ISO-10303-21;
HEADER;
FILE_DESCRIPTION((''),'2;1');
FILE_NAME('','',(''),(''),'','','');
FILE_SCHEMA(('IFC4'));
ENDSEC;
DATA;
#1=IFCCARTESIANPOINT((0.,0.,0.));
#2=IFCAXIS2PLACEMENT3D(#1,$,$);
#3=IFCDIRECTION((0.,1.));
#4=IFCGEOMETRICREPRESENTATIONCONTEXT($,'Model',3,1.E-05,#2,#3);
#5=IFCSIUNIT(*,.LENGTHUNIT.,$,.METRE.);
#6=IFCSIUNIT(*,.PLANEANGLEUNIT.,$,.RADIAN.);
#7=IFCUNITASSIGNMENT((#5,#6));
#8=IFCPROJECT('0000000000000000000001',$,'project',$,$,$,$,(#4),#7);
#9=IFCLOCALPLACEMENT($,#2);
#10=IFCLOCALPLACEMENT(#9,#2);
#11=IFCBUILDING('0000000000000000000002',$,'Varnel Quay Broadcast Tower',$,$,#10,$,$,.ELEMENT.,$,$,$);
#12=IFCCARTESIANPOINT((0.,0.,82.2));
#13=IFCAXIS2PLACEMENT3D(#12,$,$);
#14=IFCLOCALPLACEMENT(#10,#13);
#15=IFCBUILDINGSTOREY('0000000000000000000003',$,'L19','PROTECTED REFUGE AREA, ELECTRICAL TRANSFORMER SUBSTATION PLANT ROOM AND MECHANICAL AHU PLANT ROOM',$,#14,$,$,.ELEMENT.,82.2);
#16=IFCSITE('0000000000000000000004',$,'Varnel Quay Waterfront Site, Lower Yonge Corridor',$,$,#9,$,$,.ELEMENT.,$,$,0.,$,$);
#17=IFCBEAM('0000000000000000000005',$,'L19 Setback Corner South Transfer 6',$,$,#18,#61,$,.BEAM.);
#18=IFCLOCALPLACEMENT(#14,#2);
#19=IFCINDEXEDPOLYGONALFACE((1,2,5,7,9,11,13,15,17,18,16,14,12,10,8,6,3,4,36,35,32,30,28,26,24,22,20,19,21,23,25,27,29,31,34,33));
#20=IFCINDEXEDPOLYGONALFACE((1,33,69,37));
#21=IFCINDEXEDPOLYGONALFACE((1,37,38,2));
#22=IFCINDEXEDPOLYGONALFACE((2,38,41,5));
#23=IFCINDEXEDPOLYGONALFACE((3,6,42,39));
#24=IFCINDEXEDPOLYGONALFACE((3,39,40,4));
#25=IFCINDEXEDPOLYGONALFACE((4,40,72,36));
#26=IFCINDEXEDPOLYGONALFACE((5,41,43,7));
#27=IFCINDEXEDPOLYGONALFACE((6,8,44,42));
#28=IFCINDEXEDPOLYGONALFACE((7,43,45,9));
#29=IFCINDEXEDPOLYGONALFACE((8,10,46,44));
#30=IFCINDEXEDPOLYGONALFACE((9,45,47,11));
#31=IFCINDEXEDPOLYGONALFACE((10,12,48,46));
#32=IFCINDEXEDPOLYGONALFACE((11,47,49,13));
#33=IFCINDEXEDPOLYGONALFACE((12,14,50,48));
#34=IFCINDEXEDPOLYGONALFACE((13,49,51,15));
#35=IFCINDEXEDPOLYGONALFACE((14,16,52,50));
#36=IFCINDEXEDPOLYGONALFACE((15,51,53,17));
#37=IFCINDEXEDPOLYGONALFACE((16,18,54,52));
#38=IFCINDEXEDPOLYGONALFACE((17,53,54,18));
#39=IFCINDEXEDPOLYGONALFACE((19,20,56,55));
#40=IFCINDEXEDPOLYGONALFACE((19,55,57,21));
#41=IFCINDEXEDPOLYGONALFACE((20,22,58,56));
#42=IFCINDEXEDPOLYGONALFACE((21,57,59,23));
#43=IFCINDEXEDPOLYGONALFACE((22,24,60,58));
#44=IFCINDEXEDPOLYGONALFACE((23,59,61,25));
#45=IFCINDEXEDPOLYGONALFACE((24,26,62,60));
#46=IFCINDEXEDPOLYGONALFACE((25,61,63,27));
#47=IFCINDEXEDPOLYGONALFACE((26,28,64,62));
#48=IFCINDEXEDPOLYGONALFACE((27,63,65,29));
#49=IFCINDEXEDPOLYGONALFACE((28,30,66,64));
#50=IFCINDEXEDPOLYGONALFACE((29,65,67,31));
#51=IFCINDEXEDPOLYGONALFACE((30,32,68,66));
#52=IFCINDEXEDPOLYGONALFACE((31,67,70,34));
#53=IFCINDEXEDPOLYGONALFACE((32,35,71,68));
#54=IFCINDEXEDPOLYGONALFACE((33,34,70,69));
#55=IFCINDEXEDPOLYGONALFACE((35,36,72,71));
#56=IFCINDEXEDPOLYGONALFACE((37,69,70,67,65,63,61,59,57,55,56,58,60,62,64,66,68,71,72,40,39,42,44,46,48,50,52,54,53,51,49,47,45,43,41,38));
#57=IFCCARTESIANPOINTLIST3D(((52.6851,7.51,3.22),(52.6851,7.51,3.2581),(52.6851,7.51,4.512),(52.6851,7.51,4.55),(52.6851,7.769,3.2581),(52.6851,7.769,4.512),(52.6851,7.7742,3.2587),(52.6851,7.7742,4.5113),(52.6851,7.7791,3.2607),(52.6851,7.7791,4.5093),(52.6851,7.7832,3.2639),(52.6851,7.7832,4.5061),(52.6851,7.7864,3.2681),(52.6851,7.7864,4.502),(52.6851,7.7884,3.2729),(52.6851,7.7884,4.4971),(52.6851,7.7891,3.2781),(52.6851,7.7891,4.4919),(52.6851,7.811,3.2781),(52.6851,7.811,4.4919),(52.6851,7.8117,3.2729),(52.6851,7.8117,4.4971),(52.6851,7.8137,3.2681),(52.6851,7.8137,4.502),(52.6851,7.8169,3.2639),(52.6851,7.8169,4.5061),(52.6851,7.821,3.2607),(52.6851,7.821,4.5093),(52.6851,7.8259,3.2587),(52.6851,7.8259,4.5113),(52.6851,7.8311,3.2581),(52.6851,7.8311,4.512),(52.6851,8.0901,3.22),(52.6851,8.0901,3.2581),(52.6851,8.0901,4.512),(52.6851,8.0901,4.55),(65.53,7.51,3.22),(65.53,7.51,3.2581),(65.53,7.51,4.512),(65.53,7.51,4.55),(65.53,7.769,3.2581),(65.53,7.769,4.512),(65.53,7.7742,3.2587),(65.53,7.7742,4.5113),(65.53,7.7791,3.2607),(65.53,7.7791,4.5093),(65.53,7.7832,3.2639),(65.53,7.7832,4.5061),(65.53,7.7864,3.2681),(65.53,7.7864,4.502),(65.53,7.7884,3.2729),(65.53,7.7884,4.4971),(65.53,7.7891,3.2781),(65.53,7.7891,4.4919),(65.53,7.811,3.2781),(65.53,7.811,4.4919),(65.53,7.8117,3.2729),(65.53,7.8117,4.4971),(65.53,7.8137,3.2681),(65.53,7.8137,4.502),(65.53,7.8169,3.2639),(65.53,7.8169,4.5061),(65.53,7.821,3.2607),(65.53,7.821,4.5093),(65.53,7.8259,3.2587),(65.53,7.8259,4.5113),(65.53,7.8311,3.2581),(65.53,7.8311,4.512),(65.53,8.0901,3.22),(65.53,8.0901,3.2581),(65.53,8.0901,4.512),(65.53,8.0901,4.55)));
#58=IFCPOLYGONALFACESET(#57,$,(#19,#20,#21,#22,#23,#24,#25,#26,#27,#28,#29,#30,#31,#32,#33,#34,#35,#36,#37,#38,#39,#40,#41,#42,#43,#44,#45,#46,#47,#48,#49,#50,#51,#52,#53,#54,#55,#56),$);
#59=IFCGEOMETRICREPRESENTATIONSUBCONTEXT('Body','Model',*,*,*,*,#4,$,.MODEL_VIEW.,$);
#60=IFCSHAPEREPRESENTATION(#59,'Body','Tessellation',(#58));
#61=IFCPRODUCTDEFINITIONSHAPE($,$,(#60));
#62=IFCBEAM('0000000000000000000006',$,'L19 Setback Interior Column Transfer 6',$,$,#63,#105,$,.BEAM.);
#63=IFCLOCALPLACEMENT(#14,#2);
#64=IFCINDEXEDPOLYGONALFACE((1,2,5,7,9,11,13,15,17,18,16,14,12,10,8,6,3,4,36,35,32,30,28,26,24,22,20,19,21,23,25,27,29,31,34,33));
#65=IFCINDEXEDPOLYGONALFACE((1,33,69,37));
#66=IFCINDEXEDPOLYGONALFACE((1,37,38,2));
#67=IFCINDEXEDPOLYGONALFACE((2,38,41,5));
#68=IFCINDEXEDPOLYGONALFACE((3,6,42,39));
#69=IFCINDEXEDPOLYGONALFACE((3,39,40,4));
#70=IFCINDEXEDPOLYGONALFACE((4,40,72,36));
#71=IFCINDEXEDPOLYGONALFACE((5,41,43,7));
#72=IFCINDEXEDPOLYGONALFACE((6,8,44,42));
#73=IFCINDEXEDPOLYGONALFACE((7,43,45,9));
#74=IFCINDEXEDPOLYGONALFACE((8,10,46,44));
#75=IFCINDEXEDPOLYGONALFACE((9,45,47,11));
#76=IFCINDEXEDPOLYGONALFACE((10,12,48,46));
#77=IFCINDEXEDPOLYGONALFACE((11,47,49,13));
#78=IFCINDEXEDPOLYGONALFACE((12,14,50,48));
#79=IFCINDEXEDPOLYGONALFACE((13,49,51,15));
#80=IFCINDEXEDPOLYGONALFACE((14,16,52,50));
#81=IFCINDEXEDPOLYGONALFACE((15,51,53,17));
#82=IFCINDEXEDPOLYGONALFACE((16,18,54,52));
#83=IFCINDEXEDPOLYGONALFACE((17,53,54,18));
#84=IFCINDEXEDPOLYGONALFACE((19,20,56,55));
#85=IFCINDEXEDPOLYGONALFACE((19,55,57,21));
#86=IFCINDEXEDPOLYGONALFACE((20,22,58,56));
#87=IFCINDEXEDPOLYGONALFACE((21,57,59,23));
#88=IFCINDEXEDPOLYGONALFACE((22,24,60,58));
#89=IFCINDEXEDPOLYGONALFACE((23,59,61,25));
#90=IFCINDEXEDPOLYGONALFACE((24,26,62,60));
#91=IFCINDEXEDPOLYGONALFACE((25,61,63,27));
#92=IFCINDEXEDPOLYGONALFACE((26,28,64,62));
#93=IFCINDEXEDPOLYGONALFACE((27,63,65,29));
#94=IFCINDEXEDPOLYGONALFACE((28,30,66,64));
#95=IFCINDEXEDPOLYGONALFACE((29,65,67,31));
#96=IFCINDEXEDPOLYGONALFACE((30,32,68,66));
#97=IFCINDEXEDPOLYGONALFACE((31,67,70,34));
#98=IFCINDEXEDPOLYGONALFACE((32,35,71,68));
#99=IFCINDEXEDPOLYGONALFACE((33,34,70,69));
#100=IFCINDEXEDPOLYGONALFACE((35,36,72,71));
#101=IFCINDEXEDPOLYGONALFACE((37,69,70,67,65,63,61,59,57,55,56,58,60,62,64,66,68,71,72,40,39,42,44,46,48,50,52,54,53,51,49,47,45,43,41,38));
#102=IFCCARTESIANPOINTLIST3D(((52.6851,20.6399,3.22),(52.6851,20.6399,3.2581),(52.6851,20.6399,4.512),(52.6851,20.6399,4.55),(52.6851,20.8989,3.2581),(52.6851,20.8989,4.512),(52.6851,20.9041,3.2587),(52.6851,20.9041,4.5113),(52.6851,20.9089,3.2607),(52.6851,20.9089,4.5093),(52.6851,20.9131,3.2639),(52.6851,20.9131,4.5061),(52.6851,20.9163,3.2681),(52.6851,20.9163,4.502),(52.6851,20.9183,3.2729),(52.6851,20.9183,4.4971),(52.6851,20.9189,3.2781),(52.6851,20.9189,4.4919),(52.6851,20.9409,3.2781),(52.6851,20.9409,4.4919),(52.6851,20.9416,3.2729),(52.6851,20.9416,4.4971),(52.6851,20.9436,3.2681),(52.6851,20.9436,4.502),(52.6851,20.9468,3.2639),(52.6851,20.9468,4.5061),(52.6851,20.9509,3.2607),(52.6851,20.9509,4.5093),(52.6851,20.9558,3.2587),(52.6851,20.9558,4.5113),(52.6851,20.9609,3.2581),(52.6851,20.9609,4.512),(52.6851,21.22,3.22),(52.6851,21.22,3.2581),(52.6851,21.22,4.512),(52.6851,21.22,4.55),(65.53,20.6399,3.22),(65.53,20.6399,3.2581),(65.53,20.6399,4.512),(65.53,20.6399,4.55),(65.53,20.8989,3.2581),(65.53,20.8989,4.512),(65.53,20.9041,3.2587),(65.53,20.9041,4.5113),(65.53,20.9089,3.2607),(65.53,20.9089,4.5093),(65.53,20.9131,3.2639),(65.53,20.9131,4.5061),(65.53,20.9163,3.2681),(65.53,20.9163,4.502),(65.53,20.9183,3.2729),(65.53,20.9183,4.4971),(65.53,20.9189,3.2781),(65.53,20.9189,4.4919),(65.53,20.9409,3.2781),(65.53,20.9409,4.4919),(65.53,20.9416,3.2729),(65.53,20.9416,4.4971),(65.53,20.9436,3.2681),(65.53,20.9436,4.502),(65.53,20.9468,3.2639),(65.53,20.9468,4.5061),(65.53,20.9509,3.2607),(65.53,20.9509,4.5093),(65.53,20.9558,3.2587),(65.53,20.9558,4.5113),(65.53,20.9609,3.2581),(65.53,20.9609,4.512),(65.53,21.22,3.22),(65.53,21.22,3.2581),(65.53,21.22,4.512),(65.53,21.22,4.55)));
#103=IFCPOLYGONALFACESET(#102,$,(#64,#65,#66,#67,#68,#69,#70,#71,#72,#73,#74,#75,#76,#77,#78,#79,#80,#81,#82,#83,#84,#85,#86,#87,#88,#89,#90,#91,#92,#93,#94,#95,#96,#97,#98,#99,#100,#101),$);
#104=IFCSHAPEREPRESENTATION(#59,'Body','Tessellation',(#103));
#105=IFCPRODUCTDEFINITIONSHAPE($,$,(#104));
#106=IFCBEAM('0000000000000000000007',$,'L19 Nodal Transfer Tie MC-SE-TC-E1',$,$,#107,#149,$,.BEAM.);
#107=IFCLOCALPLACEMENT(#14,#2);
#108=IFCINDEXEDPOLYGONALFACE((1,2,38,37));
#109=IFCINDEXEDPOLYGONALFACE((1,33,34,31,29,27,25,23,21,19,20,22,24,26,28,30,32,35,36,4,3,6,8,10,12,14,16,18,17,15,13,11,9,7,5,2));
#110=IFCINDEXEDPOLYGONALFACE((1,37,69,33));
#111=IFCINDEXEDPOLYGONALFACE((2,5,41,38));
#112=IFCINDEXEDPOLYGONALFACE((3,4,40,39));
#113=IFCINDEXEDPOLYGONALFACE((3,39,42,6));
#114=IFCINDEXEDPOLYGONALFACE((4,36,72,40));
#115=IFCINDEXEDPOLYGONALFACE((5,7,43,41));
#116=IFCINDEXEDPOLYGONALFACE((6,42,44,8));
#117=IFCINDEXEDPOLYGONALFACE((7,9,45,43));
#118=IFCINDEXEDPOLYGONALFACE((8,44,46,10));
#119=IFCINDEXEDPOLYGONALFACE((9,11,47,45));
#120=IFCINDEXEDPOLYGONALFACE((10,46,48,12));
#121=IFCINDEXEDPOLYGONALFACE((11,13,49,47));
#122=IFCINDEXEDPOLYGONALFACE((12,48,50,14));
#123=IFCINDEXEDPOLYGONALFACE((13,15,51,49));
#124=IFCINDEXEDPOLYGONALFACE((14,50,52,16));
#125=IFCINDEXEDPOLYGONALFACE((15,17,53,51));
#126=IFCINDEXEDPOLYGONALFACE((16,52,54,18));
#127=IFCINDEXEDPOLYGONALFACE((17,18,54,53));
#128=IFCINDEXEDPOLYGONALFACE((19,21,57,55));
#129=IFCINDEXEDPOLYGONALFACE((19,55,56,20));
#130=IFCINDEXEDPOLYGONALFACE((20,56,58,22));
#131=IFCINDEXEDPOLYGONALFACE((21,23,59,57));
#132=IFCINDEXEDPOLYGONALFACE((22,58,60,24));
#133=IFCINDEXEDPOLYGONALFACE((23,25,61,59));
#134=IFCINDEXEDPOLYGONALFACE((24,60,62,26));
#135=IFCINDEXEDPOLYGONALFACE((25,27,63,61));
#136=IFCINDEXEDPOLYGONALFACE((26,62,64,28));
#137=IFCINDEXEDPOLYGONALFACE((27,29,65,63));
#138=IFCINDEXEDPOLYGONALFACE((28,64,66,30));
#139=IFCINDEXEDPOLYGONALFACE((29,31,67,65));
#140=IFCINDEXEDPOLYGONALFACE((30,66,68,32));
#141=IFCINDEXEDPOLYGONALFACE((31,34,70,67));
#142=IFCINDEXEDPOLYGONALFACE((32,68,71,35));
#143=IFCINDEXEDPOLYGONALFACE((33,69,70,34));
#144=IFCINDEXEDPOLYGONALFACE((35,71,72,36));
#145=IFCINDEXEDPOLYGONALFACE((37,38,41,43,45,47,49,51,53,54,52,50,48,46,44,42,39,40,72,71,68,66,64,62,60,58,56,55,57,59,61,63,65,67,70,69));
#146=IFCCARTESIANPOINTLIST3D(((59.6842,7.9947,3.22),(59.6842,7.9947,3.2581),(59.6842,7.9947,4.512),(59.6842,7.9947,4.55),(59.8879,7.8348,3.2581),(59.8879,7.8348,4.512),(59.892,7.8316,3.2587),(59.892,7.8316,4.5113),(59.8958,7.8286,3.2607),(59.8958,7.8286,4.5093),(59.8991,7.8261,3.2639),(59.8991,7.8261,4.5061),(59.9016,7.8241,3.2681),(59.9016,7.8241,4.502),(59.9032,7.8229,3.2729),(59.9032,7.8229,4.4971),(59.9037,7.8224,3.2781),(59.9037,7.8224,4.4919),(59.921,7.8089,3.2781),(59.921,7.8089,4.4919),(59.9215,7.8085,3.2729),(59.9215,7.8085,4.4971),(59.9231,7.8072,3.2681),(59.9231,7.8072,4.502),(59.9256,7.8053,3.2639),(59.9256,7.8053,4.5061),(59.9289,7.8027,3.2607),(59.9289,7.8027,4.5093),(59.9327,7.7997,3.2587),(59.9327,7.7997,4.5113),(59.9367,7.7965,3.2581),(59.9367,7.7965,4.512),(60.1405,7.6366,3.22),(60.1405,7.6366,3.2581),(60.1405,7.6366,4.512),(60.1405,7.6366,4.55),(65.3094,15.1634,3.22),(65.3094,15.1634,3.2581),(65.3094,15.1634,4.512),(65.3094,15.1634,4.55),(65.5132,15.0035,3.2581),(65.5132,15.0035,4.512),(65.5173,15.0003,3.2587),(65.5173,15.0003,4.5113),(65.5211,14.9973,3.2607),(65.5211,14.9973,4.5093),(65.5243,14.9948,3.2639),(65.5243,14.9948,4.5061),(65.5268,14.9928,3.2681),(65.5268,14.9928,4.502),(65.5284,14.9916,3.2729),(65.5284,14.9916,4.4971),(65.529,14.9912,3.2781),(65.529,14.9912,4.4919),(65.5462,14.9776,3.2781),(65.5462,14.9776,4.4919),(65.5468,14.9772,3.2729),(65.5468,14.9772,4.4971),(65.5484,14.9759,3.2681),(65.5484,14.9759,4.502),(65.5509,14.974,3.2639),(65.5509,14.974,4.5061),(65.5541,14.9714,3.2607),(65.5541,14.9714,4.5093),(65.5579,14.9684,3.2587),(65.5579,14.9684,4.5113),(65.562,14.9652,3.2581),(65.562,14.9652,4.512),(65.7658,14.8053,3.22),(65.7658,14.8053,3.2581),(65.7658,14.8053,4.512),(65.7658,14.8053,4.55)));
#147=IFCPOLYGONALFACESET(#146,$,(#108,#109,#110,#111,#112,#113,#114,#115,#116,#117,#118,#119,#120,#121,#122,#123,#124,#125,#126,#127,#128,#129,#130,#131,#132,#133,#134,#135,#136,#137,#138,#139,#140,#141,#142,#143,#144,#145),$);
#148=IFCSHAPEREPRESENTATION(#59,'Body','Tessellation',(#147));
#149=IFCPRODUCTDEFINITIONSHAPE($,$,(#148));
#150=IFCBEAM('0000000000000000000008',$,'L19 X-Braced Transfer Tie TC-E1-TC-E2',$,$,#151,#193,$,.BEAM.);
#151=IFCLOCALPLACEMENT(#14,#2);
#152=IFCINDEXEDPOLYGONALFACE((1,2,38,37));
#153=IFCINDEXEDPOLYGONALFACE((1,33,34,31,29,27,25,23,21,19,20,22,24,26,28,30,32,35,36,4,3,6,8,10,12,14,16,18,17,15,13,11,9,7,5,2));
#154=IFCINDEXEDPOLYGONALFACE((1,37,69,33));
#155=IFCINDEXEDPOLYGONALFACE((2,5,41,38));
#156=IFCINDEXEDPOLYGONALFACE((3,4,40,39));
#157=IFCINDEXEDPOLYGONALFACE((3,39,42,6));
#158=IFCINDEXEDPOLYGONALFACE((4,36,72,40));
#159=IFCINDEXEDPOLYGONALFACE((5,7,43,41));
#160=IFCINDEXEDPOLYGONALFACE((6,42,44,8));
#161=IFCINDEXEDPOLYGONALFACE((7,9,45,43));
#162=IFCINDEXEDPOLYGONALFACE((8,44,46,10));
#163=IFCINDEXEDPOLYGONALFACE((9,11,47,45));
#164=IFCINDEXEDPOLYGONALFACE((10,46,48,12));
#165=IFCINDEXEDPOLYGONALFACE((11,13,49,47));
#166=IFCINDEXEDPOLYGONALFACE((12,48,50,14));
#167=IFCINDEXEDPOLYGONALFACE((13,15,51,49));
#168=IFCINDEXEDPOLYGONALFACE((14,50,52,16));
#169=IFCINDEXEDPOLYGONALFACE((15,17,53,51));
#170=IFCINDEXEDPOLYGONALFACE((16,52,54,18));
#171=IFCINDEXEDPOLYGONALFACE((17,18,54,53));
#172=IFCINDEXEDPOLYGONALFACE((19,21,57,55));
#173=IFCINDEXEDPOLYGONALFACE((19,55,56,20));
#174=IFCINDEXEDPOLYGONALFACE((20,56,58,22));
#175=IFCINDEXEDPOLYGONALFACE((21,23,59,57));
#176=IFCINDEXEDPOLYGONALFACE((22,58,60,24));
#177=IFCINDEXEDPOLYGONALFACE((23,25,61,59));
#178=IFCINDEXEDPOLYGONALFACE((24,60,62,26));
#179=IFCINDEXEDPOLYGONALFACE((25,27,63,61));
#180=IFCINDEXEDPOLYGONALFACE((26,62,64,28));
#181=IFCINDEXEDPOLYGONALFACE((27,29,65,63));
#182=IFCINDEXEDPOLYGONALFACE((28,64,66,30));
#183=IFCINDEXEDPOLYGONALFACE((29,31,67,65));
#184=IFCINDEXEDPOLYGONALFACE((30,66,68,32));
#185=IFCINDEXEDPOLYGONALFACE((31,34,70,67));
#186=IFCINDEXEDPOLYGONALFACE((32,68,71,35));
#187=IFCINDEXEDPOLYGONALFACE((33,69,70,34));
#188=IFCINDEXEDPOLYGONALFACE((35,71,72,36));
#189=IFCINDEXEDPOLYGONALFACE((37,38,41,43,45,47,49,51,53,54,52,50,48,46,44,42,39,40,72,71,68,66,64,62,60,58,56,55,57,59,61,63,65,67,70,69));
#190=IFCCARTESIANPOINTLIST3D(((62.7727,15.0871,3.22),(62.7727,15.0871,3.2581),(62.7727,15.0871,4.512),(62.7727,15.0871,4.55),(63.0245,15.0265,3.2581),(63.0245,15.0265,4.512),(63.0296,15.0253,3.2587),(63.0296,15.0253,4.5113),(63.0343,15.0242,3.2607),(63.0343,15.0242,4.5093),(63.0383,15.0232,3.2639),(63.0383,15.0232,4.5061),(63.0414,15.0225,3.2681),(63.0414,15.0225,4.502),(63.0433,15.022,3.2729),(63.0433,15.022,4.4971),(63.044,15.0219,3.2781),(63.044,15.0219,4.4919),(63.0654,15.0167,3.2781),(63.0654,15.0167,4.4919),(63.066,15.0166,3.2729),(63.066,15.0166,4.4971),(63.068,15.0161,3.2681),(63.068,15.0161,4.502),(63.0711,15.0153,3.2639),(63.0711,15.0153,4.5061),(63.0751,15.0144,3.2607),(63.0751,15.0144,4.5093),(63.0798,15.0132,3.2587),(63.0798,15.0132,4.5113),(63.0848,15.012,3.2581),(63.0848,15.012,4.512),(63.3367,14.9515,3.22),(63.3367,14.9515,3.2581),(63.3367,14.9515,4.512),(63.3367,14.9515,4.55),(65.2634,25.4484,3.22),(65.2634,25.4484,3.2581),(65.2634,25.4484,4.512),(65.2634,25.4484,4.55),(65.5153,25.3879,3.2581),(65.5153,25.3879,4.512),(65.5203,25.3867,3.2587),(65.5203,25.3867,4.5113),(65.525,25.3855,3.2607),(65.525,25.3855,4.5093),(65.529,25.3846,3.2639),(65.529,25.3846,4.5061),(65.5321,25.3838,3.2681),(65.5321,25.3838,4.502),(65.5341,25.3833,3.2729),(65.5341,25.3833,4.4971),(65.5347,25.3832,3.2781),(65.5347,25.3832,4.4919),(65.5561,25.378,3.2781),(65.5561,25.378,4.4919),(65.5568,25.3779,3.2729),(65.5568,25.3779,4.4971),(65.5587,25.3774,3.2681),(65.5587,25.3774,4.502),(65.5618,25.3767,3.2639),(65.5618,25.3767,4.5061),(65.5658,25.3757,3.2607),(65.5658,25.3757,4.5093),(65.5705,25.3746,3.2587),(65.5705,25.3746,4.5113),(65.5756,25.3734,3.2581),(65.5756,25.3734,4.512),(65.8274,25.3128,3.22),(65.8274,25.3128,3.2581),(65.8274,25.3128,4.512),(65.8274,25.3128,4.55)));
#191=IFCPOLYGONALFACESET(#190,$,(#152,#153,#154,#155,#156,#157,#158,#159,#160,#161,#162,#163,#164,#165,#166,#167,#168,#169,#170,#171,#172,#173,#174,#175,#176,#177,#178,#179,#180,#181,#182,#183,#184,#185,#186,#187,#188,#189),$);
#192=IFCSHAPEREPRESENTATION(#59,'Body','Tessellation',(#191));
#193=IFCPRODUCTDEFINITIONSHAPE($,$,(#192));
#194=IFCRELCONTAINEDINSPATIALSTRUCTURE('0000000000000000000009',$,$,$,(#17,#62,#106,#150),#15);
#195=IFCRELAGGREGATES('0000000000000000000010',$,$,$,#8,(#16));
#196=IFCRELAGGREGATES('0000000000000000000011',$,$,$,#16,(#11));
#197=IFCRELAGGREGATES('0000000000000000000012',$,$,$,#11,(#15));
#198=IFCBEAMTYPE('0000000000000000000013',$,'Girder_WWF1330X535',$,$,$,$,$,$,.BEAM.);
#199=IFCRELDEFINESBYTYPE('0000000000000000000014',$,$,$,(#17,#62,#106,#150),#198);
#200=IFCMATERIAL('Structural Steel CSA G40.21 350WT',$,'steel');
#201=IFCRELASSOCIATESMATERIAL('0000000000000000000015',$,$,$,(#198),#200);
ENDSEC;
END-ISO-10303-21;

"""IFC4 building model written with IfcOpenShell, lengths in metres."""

from ifc_helpers import new_model, si_unit, direction, frame, origin, origin_2d, place, context, subcontext, project, spatial, i_section, extrude, source, transform, mapped, material, material_profile, profile_set, type_object, element, save


model = new_model("IFC4")

# Units and contexts
model_context = context("Model", 3, precision=1e-05, world=origin(), true_north=direction((0.0, 1.0)))
body_context = subcontext(model_context, "Body", "Model", "MODEL_VIEW")
ifc_project = project(units=[si_unit("LENGTHUNIT", "METRE"), si_unit("PLANEANGLEUNIT", "RADIAN")], contexts=[model_context])

# Site, building, storey
site_placement = place(None, origin())
site = spatial("IfcSite", under=ifc_project, at=site_placement, Name="Varnel Quay Waterfront Site, Lower Yonge Corridor", CompositionType="ELEMENT", RefElevation=0.0)
building_placement = place(site_placement, origin())
building = spatial("IfcBuilding", under=site, at=building_placement, Name="Varnel Quay Broadcast Tower", CompositionType="ELEMENT")
storey_placement = place(building_placement, frame((0.0, 0.0, 82.2)))
storey = spatial("IfcBuildingStorey", under=building, at=storey_placement, Name="L19", Description="PROTECTED REFUGE AREA, ELECTRICAL TRANSFORMER SUBSTATION PLANT ROOM AND MECHANICAL AHU PLANT ROOM", CompositionType="ELEMENT", Elevation=82.2)

# Beams
ifc_material_1 = material(Name="Structural Steel CSA G40.21 350WT", Category="steel")
ifc_material_profile_1 = material_profile(ifc_material_1, i_section(OverallWidth=0.5801, OverallDepth=1.3301, WebThickness=0.022, FlangeThickness=0.0381, FilletRadius=0.02, at=origin_2d()), Name="WWF1330X535")
ifc_profile_set_1 = profile_set([ifc_material_profile_1], Name="Structural Steel CSA G40.21 350WT")
beam_type = type_object("IfcBeamType", Name="Girder_WWF1330X535", PredefinedType="BEAM", material=ifc_profile_set_1)
shared_shape_1 = source(origin(), body_context, "Body", "SweptSolid", [
    extrude(i_section(OverallWidth=0.5801, OverallDepth=1.3301, WebThickness=0.022, FlangeThickness=0.0381, FilletRadius=0.02, at=origin_2d()), origin(), (0.0, 0.0, 1.0), 12.845),
])
for number, where, z_axis, x_axis, name in (
    (1, (52.6851, 7.8, 3.885), (1.0, 0.0, 0.0), (0.0, 1.0, 0.0), "L19 Setback Corner South Transfer 6"),
    (2, (52.6851, 20.9299, 3.885), (1.0, 0.0, 0.0), (0.0, 1.0, 0.0), "L19 Setback Interior Column Transfer 6"),
):
    element("IfcBeam", number, at=place(storey_placement, frame(where, z_axis=z_axis, x_axis=x_axis)), inside=storey, type_object=beam_type, Name=name, PredefinedType="BEAM", context=body_context, shape_type="MappedRepresentation", body=[
        mapped(shared_shape_1, transform((0.0, 0.0, 0.0), x_axis=(1.0, 0.0, 0.0), y_axis=(0.0, 1.0, 0.0), z_axis=(0.0, 0.0, 1.0), scale=1.0)),
    ])
shared_shape_2 = source(origin(), body_context, "Body", "SweptSolid", [
    extrude(i_section(OverallWidth=0.5801, OverallDepth=1.3301, WebThickness=0.022, FlangeThickness=0.0381, FilletRadius=0.02, at=origin_2d()), origin(), (0.0, 0.0, 1.0), 9.1123),
])
beam_1_placement = place(storey_placement, frame((65.5376, 14.9844, 3.885), z_axis=(-0.617326, -0.786708, 0.0), x_axis=(0.786708, -0.617326, 0.0)))
element("IfcBeam", 3, at=beam_1_placement, inside=storey, type_object=beam_type, Name="L19 Nodal Transfer Tie MC-SE-TC-E1", PredefinedType="BEAM", context=body_context, shape_type="MappedRepresentation", body=[
    mapped(shared_shape_2, transform((0.0, 0.0, 0.0), x_axis=(1.0, 0.0, 0.0), y_axis=(0.0, 1.0, 0.0), z_axis=(0.0, 0.0, 1.0), scale=1.0)),
])
shared_shape_3 = source(origin(), body_context, "Body", "SweptSolid", [
    extrude(i_section(OverallWidth=0.5801, OverallDepth=1.3301, WebThickness=0.022, FlangeThickness=0.0381, FilletRadius=0.02, at=origin_2d()), origin(), (0.0, 0.0, 1.0), 10.6565),
])
beam_2_placement = place(storey_placement, frame((65.5454, 25.3806, 3.885), z_axis=(-0.233728, -0.972302, 0.0), x_axis=(0.972302, -0.233728, 0.0)))
element("IfcBeam", 4, at=beam_2_placement, inside=storey, type_object=beam_type, Name="L19 X-Braced Transfer Tie TC-E1-TC-E2", PredefinedType="BEAM", context=body_context, shape_type="MappedRepresentation", body=[
    mapped(shared_shape_3, transform((0.0, 0.0, 0.0), x_axis=(1.0, 0.0, 0.0), y_axis=(0.0, 1.0, 0.0), z_axis=(0.0, 0.0, 1.0), scale=1.0)),
])

save(model, "model.ifc")
